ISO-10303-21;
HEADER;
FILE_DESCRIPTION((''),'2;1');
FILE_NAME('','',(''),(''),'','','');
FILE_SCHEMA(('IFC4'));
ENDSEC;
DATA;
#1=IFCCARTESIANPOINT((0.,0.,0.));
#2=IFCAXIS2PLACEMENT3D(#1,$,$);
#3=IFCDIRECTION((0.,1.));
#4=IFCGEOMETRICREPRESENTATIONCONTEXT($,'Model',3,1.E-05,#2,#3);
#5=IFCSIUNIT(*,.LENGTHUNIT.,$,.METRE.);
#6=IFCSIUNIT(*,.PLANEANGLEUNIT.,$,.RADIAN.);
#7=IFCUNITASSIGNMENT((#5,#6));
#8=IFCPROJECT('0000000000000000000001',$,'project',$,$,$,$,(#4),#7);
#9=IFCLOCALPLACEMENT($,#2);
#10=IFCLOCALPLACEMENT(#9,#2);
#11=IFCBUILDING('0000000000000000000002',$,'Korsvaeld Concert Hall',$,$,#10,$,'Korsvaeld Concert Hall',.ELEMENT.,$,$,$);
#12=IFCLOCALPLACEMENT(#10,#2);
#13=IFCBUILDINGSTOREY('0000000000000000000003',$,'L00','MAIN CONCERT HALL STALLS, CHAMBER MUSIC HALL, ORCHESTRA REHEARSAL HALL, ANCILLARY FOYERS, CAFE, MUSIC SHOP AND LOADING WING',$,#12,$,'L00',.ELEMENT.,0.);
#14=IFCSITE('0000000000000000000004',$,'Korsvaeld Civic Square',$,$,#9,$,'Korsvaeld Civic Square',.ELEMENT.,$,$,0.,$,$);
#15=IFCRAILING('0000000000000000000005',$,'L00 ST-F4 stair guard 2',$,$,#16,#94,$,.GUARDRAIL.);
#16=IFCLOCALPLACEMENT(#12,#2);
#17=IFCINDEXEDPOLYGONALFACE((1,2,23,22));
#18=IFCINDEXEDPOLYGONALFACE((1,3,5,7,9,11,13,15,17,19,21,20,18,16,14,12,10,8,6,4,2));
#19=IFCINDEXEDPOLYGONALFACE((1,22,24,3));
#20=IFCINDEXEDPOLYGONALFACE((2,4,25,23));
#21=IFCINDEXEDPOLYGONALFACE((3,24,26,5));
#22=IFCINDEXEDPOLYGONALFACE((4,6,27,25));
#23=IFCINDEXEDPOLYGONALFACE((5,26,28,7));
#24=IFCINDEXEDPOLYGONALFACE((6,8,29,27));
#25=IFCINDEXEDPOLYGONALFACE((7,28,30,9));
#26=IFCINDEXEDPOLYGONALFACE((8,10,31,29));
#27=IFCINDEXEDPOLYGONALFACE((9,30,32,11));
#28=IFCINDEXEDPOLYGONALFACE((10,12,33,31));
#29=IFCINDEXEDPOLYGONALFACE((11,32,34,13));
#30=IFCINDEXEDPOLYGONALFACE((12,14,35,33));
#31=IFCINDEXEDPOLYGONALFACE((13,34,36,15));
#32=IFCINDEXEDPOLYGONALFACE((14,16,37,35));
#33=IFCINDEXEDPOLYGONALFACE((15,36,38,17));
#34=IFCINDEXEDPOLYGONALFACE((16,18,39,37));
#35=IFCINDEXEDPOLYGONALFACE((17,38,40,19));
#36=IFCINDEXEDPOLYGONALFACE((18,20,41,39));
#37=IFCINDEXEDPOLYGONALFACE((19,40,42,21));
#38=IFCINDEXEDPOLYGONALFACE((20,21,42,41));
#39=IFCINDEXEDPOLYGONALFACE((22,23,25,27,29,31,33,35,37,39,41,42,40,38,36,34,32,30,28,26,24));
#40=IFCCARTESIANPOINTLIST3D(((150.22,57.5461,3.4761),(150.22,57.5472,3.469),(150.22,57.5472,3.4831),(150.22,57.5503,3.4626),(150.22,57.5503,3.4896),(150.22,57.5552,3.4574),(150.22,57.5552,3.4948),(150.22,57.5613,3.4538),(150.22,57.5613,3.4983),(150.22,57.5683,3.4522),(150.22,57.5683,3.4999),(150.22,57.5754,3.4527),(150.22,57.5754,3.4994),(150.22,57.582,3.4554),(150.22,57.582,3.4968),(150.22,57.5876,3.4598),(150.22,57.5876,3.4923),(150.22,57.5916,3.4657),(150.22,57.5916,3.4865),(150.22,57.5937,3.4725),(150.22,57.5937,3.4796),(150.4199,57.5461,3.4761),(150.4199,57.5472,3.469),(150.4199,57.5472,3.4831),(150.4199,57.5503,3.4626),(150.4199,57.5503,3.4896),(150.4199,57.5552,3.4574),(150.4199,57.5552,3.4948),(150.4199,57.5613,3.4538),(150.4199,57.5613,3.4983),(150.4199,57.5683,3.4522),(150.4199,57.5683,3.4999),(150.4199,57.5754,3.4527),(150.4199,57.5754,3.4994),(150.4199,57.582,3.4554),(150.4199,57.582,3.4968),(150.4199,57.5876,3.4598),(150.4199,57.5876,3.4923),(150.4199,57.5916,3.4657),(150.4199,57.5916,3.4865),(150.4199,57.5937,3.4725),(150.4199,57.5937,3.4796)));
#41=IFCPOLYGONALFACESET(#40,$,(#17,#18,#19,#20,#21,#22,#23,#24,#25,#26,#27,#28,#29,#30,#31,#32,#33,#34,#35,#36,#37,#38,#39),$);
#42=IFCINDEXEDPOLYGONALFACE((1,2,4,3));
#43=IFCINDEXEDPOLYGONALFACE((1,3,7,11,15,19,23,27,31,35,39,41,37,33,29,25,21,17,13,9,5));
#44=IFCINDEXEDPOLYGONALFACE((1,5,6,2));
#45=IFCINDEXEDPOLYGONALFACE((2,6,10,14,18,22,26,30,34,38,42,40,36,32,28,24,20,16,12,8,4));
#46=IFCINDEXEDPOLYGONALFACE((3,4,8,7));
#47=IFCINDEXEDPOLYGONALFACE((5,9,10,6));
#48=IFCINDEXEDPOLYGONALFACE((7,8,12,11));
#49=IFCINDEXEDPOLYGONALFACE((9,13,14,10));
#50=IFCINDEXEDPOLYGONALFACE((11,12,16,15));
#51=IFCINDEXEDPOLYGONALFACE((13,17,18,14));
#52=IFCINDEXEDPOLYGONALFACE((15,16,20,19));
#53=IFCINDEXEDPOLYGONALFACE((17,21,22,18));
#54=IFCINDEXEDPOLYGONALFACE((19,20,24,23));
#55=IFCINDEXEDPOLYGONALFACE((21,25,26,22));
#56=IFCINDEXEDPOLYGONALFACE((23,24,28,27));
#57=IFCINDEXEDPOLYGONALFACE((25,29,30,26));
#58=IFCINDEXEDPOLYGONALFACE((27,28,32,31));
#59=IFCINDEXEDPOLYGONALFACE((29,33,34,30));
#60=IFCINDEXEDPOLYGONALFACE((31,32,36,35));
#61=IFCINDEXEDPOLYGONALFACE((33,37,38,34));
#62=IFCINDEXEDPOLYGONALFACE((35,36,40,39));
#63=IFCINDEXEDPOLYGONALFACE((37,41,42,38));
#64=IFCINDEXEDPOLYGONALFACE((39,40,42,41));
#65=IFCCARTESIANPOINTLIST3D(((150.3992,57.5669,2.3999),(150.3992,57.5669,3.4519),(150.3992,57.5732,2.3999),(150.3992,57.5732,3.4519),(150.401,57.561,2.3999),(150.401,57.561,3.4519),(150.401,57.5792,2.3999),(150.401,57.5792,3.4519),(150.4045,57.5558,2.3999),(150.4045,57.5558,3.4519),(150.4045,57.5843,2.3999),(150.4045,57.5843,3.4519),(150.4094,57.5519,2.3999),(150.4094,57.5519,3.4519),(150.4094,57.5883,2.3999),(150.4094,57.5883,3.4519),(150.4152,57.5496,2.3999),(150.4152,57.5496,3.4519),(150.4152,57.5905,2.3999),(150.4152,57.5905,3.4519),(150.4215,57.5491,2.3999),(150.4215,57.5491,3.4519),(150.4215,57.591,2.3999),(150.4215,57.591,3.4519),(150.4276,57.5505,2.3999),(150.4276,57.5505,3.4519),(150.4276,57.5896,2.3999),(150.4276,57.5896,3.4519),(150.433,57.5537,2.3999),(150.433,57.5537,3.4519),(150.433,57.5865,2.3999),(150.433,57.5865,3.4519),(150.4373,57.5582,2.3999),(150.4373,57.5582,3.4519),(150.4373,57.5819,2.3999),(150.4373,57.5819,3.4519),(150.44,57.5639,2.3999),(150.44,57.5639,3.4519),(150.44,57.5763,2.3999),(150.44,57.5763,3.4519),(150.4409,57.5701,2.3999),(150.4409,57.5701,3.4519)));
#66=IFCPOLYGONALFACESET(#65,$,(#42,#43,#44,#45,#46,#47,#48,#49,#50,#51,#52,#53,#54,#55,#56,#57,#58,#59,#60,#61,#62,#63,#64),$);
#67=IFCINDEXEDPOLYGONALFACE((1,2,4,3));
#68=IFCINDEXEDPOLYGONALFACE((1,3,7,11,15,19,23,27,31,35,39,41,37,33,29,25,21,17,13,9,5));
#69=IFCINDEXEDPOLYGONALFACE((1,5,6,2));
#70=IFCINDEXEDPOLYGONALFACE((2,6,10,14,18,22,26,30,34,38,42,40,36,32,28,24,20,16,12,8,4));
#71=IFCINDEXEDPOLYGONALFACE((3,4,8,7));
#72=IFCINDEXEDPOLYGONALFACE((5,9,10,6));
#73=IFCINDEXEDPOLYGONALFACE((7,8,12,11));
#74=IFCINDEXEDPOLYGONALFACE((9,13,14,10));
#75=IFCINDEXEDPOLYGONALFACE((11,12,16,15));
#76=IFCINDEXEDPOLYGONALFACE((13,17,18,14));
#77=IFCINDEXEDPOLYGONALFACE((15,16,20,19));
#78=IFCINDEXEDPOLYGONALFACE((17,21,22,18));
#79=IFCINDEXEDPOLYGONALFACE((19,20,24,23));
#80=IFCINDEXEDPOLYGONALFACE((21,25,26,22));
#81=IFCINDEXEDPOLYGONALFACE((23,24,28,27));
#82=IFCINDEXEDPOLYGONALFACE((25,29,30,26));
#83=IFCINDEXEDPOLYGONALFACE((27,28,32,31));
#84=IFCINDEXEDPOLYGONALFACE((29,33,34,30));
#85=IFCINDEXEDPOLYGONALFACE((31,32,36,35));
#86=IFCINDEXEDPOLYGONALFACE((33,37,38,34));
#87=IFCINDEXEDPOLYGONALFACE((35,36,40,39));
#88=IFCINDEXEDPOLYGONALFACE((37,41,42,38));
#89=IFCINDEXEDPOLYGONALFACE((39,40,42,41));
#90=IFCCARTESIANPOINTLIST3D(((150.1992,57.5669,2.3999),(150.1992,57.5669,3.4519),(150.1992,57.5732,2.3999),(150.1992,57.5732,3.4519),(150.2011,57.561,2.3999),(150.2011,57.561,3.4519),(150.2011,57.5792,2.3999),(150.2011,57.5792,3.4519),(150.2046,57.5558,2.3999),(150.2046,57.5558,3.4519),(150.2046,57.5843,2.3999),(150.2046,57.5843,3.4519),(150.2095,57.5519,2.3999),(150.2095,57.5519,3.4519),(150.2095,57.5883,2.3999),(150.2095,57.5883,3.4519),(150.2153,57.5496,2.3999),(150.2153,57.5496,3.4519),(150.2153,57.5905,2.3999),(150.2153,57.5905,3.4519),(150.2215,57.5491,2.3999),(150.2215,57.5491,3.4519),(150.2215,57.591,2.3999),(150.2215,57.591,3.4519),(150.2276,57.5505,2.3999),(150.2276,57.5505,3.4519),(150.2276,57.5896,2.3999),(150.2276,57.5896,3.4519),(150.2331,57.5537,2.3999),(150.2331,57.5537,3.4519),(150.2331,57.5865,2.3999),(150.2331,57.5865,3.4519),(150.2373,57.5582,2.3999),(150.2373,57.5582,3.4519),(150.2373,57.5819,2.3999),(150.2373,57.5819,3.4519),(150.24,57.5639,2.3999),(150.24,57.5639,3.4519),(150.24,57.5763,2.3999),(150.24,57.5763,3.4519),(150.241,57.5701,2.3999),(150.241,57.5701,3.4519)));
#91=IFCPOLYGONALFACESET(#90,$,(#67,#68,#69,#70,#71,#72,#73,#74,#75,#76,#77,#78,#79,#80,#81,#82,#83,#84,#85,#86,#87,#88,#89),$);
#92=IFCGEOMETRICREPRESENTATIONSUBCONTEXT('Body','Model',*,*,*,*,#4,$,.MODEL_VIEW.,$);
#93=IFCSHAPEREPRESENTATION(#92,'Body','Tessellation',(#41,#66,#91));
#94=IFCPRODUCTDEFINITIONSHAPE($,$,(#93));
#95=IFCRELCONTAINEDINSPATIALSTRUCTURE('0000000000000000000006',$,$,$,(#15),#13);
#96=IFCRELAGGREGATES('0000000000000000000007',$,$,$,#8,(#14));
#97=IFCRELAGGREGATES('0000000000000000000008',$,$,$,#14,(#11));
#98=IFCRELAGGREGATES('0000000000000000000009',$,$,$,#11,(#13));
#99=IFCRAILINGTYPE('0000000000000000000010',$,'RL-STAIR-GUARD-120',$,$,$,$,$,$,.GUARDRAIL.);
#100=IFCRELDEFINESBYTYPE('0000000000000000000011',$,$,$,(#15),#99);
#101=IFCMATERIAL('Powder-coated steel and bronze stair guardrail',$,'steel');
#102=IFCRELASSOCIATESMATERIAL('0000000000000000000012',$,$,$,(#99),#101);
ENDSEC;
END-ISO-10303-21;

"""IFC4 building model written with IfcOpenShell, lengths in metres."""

from ifc_helpers import new_model, si_unit, direction, frame, origin, origin_2d, place, context, subcontext, project, spatial, circle, extrude, material, type_object, element, save


model = new_model("IFC4")

# Units and contexts
model_context = context("Model", 3, precision=1e-05, world=origin(), true_north=direction((0.0, 1.0)))
body_context = subcontext(model_context, "Body", "Model", "MODEL_VIEW")
ifc_project = project(units=[si_unit("LENGTHUNIT", "METRE"), si_unit("PLANEANGLEUNIT", "RADIAN")], contexts=[model_context])

# Site, building, storey
site_placement = place(None, origin())
site = spatial("IfcSite", under=ifc_project, at=site_placement, Name="Korsvaeld Civic Square", LongName="Korsvaeld Civic Square", CompositionType="ELEMENT", RefElevation=0.0)
building_placement = place(site_placement, origin())
building = spatial("IfcBuilding", under=site, at=building_placement, Name="Korsvaeld Concert Hall", LongName="Korsvaeld Concert Hall", CompositionType="ELEMENT")
storey_placement = place(building_placement, origin())
storey = spatial("IfcBuildingStorey", under=building, at=storey_placement, Name="L00", Description="MAIN CONCERT HALL STALLS, CHAMBER MUSIC HALL, ORCHESTRA REHEARSAL HALL, ANCILLARY FOYERS, CAFE, MUSIC SHOP AND LOADING WING", LongName="L00", CompositionType="ELEMENT", Elevation=0.0)

# Railing
ifc_material_1 = material(Name="Powder-coated steel and bronze stair guardrail", Category="steel")
railing_type_1 = type_object("IfcRailingType", Name="RL-STAIR-GUARD-120", PredefinedType="GUARDRAIL", material=ifc_material_1)
railing_1_placement = place(storey_placement, frame((150.4199, 57.5701, 2.3999)))
element("IfcRailing", 1, at=railing_1_placement, inside=storey, type_object=railing_type_1, Name="L00 ST-F4 stair guard 2", PredefinedType="GUARDRAIL", context=body_context, shape_type="SweptSolid", body=[
    extrude(circle(Radius=0.0239, at=origin_2d()), frame((0.0, 0.0, 1.0762), z_axis=(-1.0, 0.0, 0.0), x_axis=(0.0, -1.0, 0.0)), (0.0, 0.0, 1.0), 0.2),
    extrude(circle(Radius=0.021, at=origin_2d()), origin(), (0.0, 0.0, 1.0), 1.052),
    extrude(circle(Radius=0.021, at=origin_2d()), frame((-0.2, 0.0, 0.0)), (0.0, 0.0, 1.0), 1.052),
])

save(model, "model.ifc")
